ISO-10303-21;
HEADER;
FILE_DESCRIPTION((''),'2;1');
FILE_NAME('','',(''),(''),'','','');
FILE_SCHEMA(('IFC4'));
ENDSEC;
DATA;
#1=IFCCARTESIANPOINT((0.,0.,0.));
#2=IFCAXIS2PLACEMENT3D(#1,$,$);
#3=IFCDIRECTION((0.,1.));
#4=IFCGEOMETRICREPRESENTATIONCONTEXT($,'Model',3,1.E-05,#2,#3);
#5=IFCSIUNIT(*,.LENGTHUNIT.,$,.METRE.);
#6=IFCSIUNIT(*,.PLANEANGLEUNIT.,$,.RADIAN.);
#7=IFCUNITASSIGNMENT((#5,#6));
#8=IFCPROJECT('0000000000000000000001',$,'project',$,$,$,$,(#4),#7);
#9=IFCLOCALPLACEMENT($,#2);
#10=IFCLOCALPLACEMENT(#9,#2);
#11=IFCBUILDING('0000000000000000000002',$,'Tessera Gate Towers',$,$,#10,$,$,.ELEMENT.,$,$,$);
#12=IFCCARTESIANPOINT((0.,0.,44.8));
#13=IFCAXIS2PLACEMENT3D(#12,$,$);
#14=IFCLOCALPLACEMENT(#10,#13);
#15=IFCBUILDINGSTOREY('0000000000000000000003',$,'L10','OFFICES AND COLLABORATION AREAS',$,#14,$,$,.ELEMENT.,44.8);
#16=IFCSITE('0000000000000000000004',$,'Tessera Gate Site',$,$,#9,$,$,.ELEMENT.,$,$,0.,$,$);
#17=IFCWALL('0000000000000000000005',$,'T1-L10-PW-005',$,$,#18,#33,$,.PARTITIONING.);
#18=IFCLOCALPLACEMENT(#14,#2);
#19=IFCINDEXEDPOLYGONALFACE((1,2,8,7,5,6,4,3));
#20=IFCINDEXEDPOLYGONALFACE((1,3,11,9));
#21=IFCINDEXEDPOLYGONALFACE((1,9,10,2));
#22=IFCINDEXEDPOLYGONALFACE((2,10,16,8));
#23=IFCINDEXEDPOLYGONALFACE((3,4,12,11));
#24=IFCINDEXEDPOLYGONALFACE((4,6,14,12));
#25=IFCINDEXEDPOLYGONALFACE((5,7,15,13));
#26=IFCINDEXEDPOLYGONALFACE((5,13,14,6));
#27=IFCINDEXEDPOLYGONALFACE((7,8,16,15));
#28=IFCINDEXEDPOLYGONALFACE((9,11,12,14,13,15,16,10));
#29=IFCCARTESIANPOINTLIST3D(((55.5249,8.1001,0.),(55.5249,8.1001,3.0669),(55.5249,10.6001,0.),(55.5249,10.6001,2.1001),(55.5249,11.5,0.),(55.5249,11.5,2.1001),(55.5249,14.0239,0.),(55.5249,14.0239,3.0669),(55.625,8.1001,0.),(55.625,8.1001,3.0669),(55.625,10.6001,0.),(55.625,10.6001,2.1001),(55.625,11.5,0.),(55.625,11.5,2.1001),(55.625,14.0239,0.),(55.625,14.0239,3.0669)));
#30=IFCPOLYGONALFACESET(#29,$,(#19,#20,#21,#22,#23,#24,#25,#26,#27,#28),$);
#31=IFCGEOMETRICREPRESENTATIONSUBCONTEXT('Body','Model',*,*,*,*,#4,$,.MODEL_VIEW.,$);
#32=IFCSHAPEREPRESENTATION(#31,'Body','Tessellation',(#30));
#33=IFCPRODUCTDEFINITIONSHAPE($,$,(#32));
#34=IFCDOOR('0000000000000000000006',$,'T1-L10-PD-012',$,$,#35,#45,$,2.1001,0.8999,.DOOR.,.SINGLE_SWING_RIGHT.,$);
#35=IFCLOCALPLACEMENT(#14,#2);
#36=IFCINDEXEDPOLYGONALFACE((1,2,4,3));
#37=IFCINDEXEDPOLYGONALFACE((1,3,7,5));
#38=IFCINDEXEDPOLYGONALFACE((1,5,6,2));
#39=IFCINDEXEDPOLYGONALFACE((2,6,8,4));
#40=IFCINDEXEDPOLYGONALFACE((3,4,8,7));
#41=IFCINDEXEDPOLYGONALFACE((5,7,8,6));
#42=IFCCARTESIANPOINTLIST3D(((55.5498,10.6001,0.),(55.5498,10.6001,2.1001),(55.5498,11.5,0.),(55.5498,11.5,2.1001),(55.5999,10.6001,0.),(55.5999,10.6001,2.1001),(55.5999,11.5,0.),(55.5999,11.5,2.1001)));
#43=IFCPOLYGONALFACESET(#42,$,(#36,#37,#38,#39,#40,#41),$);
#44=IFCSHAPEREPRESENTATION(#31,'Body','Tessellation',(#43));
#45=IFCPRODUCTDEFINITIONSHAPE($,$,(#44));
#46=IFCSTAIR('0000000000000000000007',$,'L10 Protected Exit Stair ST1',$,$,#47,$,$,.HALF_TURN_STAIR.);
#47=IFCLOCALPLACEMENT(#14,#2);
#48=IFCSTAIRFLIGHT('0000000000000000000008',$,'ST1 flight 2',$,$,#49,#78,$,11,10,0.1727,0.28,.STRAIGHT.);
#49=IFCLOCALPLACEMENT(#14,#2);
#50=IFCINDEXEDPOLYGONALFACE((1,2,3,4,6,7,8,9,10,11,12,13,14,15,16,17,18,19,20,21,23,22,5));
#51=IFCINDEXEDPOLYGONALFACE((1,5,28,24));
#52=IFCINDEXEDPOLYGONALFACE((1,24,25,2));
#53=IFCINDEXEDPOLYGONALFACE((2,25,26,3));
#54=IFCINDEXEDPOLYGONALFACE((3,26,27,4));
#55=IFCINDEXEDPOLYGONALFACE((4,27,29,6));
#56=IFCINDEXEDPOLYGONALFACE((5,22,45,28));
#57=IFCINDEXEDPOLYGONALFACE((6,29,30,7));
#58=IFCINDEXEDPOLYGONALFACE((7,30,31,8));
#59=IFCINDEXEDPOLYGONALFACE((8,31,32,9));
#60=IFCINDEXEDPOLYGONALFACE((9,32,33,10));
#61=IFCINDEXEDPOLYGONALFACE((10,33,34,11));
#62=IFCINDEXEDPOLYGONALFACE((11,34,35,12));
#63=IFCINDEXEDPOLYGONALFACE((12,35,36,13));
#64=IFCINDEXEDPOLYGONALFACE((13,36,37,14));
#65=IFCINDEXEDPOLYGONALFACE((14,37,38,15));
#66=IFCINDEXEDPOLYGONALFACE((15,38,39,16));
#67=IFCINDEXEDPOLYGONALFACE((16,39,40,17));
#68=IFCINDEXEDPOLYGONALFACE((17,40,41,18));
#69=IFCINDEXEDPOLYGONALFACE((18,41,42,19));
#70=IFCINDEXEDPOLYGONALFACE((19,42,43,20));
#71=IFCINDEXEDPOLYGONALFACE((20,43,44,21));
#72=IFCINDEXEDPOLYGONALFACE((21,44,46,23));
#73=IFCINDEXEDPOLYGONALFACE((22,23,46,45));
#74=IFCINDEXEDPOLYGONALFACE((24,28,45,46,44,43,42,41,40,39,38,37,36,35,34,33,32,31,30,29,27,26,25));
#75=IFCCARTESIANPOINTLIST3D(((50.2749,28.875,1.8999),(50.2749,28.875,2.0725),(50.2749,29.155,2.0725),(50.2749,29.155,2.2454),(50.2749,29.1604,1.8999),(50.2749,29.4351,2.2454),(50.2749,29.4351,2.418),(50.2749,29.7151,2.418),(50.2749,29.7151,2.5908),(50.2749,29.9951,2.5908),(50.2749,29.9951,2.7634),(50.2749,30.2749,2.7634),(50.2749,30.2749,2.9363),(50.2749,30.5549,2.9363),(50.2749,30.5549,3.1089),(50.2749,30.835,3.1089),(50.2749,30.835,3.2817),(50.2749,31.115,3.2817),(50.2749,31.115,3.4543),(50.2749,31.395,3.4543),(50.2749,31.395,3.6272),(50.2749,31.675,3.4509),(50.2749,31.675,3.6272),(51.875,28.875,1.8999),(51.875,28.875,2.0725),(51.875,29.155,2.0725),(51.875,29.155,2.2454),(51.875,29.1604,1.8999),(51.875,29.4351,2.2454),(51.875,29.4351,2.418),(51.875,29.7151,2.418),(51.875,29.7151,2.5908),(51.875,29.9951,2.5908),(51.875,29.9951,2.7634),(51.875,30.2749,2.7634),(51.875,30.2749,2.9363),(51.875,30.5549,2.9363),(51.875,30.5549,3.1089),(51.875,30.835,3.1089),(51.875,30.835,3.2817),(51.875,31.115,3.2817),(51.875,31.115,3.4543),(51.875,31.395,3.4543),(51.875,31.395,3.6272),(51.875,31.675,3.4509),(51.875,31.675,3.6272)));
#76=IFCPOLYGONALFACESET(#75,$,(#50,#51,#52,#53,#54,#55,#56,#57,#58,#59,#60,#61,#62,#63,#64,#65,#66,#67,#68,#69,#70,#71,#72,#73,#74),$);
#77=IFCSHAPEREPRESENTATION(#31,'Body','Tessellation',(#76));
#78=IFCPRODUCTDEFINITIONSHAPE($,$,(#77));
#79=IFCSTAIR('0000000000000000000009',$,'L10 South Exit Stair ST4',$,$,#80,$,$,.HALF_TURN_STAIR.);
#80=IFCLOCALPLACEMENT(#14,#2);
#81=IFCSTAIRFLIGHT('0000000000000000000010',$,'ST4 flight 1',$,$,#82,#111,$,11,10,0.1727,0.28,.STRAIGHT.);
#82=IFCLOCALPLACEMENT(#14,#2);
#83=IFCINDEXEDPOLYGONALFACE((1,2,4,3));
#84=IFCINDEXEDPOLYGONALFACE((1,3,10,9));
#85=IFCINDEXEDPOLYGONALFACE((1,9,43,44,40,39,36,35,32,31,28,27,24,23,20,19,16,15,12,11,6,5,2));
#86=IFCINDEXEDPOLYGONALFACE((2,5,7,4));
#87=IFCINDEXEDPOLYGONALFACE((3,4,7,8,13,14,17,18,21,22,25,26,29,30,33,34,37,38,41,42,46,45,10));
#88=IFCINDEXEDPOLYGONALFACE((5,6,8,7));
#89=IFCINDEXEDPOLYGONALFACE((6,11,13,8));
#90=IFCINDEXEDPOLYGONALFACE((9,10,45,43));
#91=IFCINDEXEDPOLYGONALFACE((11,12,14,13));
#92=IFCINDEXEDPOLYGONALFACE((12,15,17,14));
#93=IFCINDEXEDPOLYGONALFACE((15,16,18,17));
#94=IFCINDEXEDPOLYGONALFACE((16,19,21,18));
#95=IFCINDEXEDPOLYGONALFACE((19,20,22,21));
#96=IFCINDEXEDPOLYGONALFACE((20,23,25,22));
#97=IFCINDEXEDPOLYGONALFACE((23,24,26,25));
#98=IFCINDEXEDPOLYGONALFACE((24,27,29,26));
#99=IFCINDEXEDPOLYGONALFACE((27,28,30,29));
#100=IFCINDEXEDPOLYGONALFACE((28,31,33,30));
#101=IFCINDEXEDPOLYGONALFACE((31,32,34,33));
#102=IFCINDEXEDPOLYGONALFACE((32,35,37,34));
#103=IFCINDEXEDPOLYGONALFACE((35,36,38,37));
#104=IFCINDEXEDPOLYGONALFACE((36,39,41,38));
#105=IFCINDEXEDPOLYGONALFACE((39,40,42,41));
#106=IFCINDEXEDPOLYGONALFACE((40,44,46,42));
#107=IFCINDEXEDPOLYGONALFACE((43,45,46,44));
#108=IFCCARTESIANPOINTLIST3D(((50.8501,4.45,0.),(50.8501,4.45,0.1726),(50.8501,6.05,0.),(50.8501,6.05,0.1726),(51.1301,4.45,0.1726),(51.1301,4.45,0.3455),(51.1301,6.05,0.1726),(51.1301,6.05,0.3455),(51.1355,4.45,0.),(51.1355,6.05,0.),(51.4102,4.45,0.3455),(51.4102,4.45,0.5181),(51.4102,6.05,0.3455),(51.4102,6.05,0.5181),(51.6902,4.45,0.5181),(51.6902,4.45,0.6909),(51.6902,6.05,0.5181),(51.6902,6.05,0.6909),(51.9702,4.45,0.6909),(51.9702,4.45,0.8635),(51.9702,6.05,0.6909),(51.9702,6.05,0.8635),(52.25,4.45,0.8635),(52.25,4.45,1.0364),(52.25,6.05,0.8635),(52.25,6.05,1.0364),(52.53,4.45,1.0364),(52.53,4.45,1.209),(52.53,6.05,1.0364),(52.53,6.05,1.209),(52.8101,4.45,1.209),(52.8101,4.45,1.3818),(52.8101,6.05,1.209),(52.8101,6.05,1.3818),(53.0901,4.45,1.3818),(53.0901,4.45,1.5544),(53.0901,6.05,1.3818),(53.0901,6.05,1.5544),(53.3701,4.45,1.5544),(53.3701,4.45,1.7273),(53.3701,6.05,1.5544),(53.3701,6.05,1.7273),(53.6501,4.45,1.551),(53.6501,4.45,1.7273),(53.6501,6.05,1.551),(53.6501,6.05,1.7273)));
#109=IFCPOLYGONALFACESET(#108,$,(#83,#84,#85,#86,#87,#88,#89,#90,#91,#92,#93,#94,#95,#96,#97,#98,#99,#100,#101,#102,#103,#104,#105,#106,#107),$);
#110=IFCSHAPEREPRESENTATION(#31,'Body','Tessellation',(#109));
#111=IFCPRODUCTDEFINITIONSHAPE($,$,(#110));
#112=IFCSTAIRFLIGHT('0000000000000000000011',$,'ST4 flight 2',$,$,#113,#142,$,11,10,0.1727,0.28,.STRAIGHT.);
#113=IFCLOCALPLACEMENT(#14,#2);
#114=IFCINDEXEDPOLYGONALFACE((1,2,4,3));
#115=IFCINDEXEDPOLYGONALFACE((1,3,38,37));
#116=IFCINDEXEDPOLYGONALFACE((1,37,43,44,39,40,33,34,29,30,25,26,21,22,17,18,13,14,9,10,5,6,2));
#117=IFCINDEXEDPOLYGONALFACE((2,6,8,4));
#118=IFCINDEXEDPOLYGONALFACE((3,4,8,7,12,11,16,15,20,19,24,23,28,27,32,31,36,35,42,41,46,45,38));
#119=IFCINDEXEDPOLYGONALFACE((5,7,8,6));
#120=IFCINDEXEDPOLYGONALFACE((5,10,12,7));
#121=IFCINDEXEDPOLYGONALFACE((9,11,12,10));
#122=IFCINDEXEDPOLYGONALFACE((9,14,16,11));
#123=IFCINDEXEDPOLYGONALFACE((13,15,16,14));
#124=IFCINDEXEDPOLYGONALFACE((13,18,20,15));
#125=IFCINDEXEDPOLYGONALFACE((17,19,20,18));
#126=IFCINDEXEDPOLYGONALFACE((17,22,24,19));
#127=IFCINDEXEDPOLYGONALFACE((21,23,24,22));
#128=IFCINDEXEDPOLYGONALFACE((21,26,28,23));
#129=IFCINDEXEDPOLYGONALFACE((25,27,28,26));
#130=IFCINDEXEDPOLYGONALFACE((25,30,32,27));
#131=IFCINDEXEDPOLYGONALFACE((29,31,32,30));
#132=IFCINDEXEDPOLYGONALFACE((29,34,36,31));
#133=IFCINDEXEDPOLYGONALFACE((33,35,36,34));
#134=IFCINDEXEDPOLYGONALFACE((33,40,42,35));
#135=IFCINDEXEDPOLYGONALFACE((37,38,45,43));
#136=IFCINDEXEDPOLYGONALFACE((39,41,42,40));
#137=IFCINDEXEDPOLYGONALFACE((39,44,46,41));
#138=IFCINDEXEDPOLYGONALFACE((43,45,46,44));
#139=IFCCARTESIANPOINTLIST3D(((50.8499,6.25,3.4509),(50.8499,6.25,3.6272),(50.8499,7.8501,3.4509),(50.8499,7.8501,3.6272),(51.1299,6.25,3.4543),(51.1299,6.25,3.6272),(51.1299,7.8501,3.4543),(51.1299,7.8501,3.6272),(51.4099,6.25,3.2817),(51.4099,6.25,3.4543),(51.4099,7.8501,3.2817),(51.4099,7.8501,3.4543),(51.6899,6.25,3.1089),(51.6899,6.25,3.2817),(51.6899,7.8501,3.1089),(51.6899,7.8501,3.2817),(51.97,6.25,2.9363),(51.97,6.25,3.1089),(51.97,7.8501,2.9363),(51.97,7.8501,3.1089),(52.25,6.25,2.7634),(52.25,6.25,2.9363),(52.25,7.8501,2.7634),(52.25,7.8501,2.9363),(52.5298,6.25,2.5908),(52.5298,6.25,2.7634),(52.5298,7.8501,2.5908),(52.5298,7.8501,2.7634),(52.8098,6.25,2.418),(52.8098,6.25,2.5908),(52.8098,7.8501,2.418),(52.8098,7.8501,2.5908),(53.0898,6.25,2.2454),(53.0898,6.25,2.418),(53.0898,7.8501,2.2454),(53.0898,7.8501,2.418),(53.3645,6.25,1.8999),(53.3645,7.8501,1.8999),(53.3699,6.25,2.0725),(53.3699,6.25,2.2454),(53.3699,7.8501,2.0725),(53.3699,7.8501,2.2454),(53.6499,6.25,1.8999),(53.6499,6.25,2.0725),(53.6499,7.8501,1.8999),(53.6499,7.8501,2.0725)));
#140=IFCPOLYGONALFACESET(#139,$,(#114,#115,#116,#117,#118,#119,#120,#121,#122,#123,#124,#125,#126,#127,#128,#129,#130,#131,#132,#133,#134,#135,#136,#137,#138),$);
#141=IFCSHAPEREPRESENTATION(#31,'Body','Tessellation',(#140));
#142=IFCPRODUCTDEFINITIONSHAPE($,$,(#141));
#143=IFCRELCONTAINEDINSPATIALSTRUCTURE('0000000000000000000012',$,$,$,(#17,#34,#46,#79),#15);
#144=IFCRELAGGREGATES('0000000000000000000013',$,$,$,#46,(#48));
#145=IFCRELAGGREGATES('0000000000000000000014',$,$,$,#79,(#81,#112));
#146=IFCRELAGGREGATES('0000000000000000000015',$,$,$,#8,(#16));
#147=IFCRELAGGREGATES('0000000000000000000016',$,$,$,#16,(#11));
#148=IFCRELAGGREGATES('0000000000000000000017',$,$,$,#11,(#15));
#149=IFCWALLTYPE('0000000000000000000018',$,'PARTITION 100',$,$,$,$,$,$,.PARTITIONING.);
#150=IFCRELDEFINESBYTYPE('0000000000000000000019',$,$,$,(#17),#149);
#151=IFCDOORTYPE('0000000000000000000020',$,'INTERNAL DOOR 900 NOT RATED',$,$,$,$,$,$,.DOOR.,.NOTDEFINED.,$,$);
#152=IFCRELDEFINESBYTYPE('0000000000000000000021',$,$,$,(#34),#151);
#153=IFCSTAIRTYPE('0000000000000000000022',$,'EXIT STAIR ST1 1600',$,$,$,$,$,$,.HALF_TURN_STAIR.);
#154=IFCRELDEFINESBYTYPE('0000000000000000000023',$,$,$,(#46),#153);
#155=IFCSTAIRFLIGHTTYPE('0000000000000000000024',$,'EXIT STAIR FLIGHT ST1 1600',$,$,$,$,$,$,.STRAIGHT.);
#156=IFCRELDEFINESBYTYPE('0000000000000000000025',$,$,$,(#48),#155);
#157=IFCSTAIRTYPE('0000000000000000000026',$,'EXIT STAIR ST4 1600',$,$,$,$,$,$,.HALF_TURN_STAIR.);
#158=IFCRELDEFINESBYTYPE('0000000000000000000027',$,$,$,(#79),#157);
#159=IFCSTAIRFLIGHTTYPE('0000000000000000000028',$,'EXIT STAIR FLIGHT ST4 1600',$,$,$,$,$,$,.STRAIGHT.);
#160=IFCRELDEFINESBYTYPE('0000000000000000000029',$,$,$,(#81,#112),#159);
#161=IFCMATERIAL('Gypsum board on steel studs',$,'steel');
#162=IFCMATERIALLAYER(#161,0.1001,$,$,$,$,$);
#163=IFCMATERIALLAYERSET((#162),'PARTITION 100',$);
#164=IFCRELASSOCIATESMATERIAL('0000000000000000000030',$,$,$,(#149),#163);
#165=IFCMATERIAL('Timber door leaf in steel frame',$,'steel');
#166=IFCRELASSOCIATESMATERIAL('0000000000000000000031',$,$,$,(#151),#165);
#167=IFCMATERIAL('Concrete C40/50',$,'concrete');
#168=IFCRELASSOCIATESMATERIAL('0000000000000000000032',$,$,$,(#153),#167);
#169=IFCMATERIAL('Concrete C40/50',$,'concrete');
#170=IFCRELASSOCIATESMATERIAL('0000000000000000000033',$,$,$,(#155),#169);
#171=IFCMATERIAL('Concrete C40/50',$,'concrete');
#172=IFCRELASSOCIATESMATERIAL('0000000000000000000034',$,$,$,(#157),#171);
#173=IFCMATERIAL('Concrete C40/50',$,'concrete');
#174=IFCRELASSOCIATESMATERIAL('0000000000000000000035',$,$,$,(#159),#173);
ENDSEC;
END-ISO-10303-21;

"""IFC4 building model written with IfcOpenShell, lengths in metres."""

from ifc_helpers import new_model, si_unit, direction, frame, frame_2d, origin, place, context, subcontext, project, spatial, polyline, rectangle, outline, extrude, source, transform, mapped, material, layer, layer_set, type_object, element, fill, aggregate, save


model = new_model("IFC4")

# Units and contexts
model_context = context("Model", 3, precision=1e-05, world=origin(), true_north=direction((0.0, 1.0)))
body_context = subcontext(model_context, "Body", "Model", "MODEL_VIEW")
ifc_project = project(units=[si_unit("LENGTHUNIT", "METRE"), si_unit("PLANEANGLEUNIT", "RADIAN")], contexts=[model_context])

# Site, building, storey
site_placement = place(None, origin())
site = spatial("IfcSite", under=ifc_project, at=site_placement, Name="Tessera Gate Site", CompositionType="ELEMENT", RefElevation=0.0)
building_placement = place(site_placement, origin())
building = spatial("IfcBuilding", under=site, at=building_placement, Name="Tessera Gate Towers", CompositionType="ELEMENT")
storey_placement = place(building_placement, frame((0.0, 0.0, 44.8)))
storey = spatial("IfcBuildingStorey", under=building, at=storey_placement, Name="L10", Description="OFFICES AND COLLABORATION AREAS", CompositionType="ELEMENT", Elevation=44.8)

# Wall, opening, door
shared_shape_1 = source(origin(), body_context, "Body", "SweptSolid", [
    extrude(rectangle(XDim=0.8999, YDim=2.1001, at=frame_2d((0.45, 1.05))), frame((0.0, 0.0601, 0.0), z_axis=(0.0, -1.0, 0.0), x_axis=(1.0, 0.0, 0.0)), (0.0, 0.0, 1.0), 0.1201),
])
shared_shape_2 = source(origin(), body_context, "Body", "SweptSolid", [
    extrude(rectangle(XDim=0.8999, YDim=2.1001, at=frame_2d((0.45, 1.05))), frame((0.0, 0.0249, 0.0), z_axis=(0.0, -1.0, 0.0), x_axis=(1.0, 0.0, 0.0)), (0.0, 0.0, 1.0), 0.05),
])
ifc_material_1 = material(Name="Gypsum board on steel studs", Category="steel")
ifc_layer_1 = layer(ifc_material_1, 0.1001)
ifc_layer_set_1 = layer_set([ifc_layer_1], Name="PARTITION 100")
wall_type_1 = type_object("IfcWallType", Name="PARTITION 100", PredefinedType="PARTITIONING", material=ifc_layer_set_1)
wall_1_placement = place(storey_placement, frame((55.575, 14.0239, 0.0), z_axis=(0.0, 0.0, 1.0), x_axis=(0.0, -1.0, 0.0)))
wall_1 = element("IfcWall", 1, at=wall_1_placement, inside=storey, type_object=wall_type_1, Name="T1-L10-PW-005", PredefinedType="PARTITIONING", context=body_context, shape_type="SweptSolid", body=[
    extrude(rectangle(XDim=5.9238, YDim=0.1001, at=frame_2d((2.9619, 0.0))), origin(), (0.0, 0.0, 1.0), 3.0669),
])
opening_1_placement = place(wall_1_placement, frame((2.5239, 0.0, 0.0)))
opening_1 = element("IfcOpeningElement", 2, at=opening_1_placement, cuts=wall_1, PredefinedType="OPENING", context=body_context, shape_type="MappedRepresentation", body=[
    mapped(shared_shape_1, transform((0.0, 0.0, 0.0), scale=1.0)),
])
ifc_material_2 = material(Name="Timber door leaf in steel frame", Category="steel")
door_type_1 = type_object("IfcDoorType", Name="INTERNAL DOOR 900 NOT RATED", OperationType="NOTDEFINED", PredefinedType="DOOR", material=ifc_material_2)
door_1_placement = place(opening_1_placement, origin())
door_1 = element("IfcDoor", 3, at=door_1_placement, inside=storey, type_object=door_type_1, Name="T1-L10-PD-012", OperationType="SINGLE_SWING_RIGHT", OverallHeight=2.1001, OverallWidth=0.8999, PredefinedType="DOOR", context=body_context, shape_type="MappedRepresentation", body=[
    mapped(shared_shape_2, transform((0.0, 0.0, 0.0), scale=1.0)),
])
fill(opening_1, door_1)

# Stair, stair flight
ifc_material_3 = material(Name="Concrete C40/50", Category="concrete")
stair_type_1 = type_object("IfcStairType", Name="EXIT STAIR ST1 1600", PredefinedType="HALF_TURN_STAIR", material=ifc_material_3)
stair_1_placement = place(storey_placement, origin())
stair_1 = element("IfcStair", 4, at=stair_1_placement, inside=storey, type_object=stair_type_1, Name="L10 Protected Exit Stair ST1", PredefinedType="HALF_TURN_STAIR")
ifc_material_4 = material(Name="Concrete C40/50", Category="concrete")
stair_flight_type_1 = type_object("IfcStairFlightType", Name="EXIT STAIR FLIGHT ST1 1600", PredefinedType="STRAIGHT", material=ifc_material_4)
stair_flight_1_placement = place(storey_placement, frame((51.075, 28.875, 1.8999), z_axis=(0.0, 0.0, 1.0), x_axis=(0.0, 1.0, 0.0)))
stair_flight_1 = element("IfcStairFlight", 5, at=stair_flight_1_placement, type_object=stair_flight_type_1, Name="ST1 flight 2", NumberOfRisers=11, NumberOfTreads=10, PredefinedType="STRAIGHT", RiserHeight=0.1727, TreadLength=0.28, context=body_context, shape_type="SweptSolid", body=[
    extrude(outline(polyline([(0.0, 0.0), (0.0, 0.1726), (0.28, 0.1726), (0.28, 0.3455), (0.5601, 0.3455), (0.5601, 0.5181), (0.8401, 0.5181), (0.8401, 0.6909), (1.1201, 0.6909), (1.1201, 0.8635), (1.3999, 0.8635), (1.3999, 1.0364), (1.6799, 1.0364), (1.6799, 1.209), (1.96, 1.209), (1.96, 1.3818), (2.24, 1.3818), (2.24, 1.5544), (2.52, 1.5544), (2.52, 1.7273), (2.8, 1.7273), (2.8, 1.8999), (2.8, 1.551), (0.2854, 0.0), (0.0, 0.0)])), frame((0.0, 0.8, 0.0), z_axis=(0.0, -1.0, 0.0), x_axis=(1.0, 0.0, 0.0)), (0.0, 0.0, 1.0), 1.6001),
])
aggregate(stair_1, [stair_flight_1])

# Stair, stair flights
ifc_material_5 = material(Name="Concrete C40/50", Category="concrete")
stair_type_2 = type_object("IfcStairType", Name="EXIT STAIR ST4 1600", PredefinedType="HALF_TURN_STAIR", material=ifc_material_5)
stair_2_placement = place(storey_placement, origin())
stair_2 = element("IfcStair", 6, at=stair_2_placement, inside=storey, type_object=stair_type_2, Name="L10 South Exit Stair ST4", PredefinedType="HALF_TURN_STAIR")
ifc_material_6 = material(Name="Concrete C40/50", Category="concrete")
stair_flight_type_2 = type_object("IfcStairFlightType", Name="EXIT STAIR FLIGHT ST4 1600", PredefinedType="STRAIGHT", material=ifc_material_6)
stair_flight_2_placement = place(storey_placement, frame((50.8501, 5.25, 0.0), z_axis=(0.0, 0.0, 1.0), x_axis=(1.0, 0.0, 0.0)))
stair_flight_2 = element("IfcStairFlight", 7, at=stair_flight_2_placement, type_object=stair_flight_type_2, Name="ST4 flight 1", NumberOfRisers=11, NumberOfTreads=10, PredefinedType="STRAIGHT", RiserHeight=0.1727, TreadLength=0.28, context=body_context, shape_type="SweptSolid", body=[
    extrude(outline(polyline([(0.0, 0.0), (0.0, 0.1726), (0.28, 0.1726), (0.28, 0.3455), (0.5601, 0.3455), (0.5601, 0.5181), (0.8401, 0.5181), (0.8401, 0.6909), (1.1201, 0.6909), (1.1201, 0.8635), (1.3999, 0.8635), (1.3999, 1.0364), (1.6799, 1.0364), (1.6799, 1.209), (1.96, 1.209), (1.96, 1.3818), (2.24, 1.3818), (2.24, 1.5544), (2.52, 1.5544), (2.52, 1.7273), (2.8, 1.7273), (2.8, 1.8999), (2.8, 1.551), (0.2854, 0.0), (0.0, 0.0)])), frame((0.0, 0.8, 0.0), z_axis=(0.0, -1.0, 0.0), x_axis=(1.0, 0.0, 0.0)), (0.0, 0.0, 1.0), 1.6001),
])
stair_flight_3_placement = place(storey_placement, frame((53.6499, 7.05, 1.8999), z_axis=(0.0, 0.0, 1.0), x_axis=(-1.0, 0.0, 0.0)))
stair_flight_3 = element("IfcStairFlight", 8, at=stair_flight_3_placement, type_object=stair_flight_type_2, Name="ST4 flight 2", NumberOfRisers=11, NumberOfTreads=10, PredefinedType="STRAIGHT", RiserHeight=0.1727, TreadLength=0.28, context=body_context, shape_type="SweptSolid", body=[
    extrude(outline(polyline([(0.0, 0.0), (0.0, 0.1726), (0.28, 0.1726), (0.28, 0.3455), (0.5601, 0.3455), (0.5601, 0.5181), (0.8401, 0.5181), (0.8401, 0.6909), (1.1201, 0.6909), (1.1201, 0.8635), (1.3999, 0.8635), (1.3999, 1.0364), (1.6799, 1.0364), (1.6799, 1.209), (1.96, 1.209), (1.96, 1.3818), (2.24, 1.3818), (2.24, 1.5544), (2.52, 1.5544), (2.52, 1.7273), (2.8, 1.7273), (2.8, 1.8999), (2.8, 1.551), (0.2854, 0.0), (0.0, 0.0)])), frame((0.0, 0.8, 0.0), z_axis=(0.0, -1.0, 0.0), x_axis=(1.0, 0.0, 0.0)), (0.0, 0.0, 1.0), 1.6001),
])
aggregate(stair_2, [stair_flight_2, stair_flight_3])

save(model, "model.ifc")
